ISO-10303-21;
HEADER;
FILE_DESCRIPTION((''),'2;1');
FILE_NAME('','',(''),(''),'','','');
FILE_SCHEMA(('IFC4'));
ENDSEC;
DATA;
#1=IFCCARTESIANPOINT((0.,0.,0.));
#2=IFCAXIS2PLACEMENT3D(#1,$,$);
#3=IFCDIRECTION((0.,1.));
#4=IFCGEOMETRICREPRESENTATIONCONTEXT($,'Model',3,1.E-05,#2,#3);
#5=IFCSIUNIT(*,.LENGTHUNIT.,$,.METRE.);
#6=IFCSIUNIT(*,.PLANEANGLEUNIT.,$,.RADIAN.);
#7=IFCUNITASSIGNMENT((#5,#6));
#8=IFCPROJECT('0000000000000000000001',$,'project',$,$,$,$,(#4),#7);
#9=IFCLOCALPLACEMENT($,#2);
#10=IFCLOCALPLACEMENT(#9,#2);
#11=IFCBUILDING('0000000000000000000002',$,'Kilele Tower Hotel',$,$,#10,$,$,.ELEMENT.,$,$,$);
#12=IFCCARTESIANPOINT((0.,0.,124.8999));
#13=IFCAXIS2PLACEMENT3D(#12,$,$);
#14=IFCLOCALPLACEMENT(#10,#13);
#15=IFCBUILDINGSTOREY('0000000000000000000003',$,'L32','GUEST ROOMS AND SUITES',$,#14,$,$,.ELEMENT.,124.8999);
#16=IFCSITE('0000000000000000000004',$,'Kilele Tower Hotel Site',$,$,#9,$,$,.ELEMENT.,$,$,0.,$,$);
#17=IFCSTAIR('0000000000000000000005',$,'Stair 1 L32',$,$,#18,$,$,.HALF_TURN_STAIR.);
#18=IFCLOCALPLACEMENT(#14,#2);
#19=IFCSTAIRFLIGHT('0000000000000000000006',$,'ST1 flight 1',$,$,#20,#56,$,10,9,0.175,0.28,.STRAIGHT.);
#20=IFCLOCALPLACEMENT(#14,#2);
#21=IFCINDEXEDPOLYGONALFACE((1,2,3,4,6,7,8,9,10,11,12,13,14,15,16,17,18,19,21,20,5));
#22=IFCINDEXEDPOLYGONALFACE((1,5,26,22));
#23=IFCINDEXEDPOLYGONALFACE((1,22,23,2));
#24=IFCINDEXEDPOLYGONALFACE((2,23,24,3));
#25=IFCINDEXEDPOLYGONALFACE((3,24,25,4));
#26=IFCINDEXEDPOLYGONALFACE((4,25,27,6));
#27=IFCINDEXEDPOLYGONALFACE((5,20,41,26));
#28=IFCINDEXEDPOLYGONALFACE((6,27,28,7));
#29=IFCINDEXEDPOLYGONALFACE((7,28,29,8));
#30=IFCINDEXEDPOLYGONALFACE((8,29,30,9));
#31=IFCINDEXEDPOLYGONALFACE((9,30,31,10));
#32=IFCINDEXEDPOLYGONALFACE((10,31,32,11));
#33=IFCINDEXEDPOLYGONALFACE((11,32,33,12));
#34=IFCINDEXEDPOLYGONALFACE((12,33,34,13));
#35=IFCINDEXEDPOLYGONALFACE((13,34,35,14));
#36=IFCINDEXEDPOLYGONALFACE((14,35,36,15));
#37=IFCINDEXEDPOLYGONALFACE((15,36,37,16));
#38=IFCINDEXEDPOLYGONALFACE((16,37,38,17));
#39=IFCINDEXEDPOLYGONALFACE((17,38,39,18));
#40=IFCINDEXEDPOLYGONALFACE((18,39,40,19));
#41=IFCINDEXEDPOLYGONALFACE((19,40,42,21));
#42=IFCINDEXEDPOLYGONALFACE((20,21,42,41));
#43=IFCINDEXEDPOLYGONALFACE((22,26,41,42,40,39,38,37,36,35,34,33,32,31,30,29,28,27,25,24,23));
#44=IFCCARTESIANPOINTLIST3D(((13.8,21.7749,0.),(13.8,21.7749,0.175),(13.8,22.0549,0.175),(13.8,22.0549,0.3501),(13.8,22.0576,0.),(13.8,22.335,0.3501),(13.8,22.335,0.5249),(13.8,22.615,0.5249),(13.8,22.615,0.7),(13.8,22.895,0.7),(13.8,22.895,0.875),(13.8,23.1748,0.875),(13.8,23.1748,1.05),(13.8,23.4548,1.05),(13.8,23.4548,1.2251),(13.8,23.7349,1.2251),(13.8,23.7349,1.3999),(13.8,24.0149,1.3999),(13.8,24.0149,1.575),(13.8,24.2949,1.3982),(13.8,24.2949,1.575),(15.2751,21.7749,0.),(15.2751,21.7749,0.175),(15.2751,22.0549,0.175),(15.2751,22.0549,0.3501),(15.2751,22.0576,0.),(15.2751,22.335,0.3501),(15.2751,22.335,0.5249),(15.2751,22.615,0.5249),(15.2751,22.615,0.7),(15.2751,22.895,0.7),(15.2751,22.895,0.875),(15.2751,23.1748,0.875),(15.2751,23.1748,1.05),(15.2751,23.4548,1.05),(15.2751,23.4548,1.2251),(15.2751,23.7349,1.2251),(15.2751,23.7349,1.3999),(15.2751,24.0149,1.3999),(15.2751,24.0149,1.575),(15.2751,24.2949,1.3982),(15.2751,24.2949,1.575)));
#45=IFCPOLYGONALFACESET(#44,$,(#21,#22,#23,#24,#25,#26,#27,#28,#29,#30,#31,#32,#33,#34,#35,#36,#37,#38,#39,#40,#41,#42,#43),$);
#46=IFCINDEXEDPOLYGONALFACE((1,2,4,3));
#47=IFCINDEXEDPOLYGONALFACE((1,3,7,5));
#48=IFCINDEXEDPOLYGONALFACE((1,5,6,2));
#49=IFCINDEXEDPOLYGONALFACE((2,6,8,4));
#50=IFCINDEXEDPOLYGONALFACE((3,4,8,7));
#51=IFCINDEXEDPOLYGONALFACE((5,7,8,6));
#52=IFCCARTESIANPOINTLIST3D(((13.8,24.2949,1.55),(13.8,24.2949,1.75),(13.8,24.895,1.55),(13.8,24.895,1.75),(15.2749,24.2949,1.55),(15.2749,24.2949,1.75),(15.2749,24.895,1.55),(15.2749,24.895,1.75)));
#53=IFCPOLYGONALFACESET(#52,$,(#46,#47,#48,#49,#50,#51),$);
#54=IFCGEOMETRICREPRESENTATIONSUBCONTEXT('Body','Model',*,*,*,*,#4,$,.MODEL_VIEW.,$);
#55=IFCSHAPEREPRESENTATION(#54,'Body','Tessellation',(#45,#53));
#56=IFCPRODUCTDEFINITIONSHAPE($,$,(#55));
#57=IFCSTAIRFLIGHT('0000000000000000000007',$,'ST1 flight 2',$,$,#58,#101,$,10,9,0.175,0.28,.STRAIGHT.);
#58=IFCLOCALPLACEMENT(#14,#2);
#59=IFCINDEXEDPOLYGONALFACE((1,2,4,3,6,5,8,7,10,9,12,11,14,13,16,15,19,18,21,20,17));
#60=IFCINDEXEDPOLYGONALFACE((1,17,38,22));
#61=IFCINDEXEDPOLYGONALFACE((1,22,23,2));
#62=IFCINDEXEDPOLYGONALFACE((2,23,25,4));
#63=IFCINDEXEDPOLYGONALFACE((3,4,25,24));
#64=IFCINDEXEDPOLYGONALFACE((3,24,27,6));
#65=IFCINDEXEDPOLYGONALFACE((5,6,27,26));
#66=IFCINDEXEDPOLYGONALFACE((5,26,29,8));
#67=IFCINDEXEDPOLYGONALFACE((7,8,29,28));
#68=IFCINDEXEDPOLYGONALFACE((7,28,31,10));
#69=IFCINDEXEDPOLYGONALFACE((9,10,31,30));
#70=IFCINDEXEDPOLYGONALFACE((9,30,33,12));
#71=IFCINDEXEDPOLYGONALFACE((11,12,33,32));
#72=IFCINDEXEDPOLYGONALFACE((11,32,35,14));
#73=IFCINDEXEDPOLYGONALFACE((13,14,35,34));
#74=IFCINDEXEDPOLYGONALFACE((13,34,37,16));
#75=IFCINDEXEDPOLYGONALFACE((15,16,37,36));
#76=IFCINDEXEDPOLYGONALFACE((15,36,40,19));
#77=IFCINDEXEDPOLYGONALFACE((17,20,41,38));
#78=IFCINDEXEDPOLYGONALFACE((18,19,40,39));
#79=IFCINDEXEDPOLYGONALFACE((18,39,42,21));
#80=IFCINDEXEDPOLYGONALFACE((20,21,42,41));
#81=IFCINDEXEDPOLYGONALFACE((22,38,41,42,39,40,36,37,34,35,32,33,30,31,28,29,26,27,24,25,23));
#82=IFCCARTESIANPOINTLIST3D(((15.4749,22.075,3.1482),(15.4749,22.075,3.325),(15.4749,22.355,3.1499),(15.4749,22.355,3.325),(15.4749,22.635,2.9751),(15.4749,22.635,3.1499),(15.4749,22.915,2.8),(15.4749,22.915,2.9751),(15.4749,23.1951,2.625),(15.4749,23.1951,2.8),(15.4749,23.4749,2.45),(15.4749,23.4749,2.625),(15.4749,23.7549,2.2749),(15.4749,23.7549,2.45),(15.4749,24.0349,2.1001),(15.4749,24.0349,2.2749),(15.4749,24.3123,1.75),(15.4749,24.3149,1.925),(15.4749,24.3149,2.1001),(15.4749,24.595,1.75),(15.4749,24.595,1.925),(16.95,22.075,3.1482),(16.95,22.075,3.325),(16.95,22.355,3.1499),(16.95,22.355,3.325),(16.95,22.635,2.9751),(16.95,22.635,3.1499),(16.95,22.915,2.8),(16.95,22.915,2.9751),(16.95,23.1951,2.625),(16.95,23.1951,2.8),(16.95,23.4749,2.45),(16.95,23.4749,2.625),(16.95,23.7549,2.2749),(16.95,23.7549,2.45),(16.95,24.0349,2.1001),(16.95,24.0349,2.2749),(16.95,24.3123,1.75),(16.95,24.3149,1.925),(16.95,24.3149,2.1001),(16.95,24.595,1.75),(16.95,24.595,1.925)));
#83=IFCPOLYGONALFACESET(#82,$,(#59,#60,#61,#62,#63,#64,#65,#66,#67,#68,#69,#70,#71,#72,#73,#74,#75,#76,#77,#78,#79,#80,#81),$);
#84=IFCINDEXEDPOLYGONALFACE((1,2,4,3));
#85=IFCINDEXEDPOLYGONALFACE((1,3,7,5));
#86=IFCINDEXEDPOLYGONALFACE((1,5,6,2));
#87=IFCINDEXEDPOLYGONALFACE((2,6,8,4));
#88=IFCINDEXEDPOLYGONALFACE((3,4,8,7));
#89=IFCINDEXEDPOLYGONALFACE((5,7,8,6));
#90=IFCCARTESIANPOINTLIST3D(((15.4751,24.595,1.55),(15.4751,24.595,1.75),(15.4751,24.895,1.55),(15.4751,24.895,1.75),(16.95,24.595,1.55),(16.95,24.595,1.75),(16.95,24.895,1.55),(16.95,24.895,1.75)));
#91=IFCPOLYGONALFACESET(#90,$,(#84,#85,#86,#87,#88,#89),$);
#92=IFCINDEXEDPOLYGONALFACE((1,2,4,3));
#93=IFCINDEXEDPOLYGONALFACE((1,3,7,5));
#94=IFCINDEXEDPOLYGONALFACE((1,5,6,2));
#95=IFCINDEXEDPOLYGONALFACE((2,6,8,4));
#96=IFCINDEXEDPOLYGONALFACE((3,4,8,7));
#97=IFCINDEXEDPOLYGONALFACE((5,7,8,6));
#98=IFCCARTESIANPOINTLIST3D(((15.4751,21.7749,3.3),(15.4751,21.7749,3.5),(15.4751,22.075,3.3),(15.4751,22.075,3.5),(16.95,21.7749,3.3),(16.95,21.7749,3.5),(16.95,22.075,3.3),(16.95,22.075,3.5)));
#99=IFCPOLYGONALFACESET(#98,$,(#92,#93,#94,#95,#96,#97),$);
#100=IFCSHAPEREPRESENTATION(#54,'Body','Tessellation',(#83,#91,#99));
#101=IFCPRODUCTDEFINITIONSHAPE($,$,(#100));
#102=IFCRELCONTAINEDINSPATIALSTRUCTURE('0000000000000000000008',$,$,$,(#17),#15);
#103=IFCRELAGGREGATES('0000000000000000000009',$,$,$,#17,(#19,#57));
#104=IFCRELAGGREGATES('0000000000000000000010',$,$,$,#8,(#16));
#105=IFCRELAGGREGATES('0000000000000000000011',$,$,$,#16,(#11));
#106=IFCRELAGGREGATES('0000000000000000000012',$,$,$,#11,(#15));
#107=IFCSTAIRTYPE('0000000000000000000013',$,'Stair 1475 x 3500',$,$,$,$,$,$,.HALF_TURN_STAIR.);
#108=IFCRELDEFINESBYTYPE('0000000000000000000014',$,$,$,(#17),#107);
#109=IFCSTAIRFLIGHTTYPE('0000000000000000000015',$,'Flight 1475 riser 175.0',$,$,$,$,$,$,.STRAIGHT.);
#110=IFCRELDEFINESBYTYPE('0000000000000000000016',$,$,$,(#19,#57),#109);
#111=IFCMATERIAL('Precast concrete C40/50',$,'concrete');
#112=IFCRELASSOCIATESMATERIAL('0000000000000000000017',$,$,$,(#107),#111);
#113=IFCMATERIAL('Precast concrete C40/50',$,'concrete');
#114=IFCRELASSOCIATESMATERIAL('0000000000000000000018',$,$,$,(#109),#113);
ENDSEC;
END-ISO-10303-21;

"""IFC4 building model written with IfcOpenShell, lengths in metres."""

from ifc_helpers import new_model, si_unit, direction, frame, origin, place, context, subcontext, project, spatial, polyline, outline, extrude, material, type_object, element, aggregate, save


model = new_model("IFC4")

# Units and contexts
model_context = context("Model", 3, precision=1e-05, world=origin(), true_north=direction((0.0, 1.0)))
body_context = subcontext(model_context, "Body", "Model", "MODEL_VIEW")
ifc_project = project(units=[si_unit("LENGTHUNIT", "METRE"), si_unit("PLANEANGLEUNIT", "RADIAN")], contexts=[model_context])

# Site, building, storey
site_placement = place(None, origin())
site = spatial("IfcSite", under=ifc_project, at=site_placement, Name="Kilele Tower Hotel Site", CompositionType="ELEMENT", RefElevation=0.0)
building_placement = place(site_placement, origin())
building = spatial("IfcBuilding", under=site, at=building_placement, Name="Kilele Tower Hotel", CompositionType="ELEMENT")
storey_placement = place(building_placement, frame((0.0, 0.0, 124.8999)))
storey = spatial("IfcBuildingStorey", under=building, at=storey_placement, Name="L32", Description="GUEST ROOMS AND SUITES", CompositionType="ELEMENT", Elevation=124.8999)

# Stair, stair flights
ifc_material_1 = material(Name="Precast concrete C40/50", Category="concrete")
stair_type = type_object("IfcStairType", Name="Stair 1475 x 3500", PredefinedType="HALF_TURN_STAIR", material=ifc_material_1)
stair_placement = place(storey_placement, origin())
stair = element("IfcStair", 1, at=stair_placement, inside=storey, type_object=stair_type, Name="Stair 1 L32", PredefinedType="HALF_TURN_STAIR")
ifc_material_2 = material(Name="Precast concrete C40/50", Category="concrete")
stair_flight_type = type_object("IfcStairFlightType", Name="Flight 1475 riser 175.0", PredefinedType="STRAIGHT", material=ifc_material_2)
stair_flight_1_placement = place(storey_placement, frame((14.5376, 21.7749, 0.0), z_axis=(0.0, 0.0, 1.0), x_axis=(0.0, 1.0, 0.0)))
stair_flight_1 = element("IfcStairFlight", 2, at=stair_flight_1_placement, type_object=stair_flight_type, Name="ST1 flight 1", NumberOfRisers=10, NumberOfTreads=9, PredefinedType="STRAIGHT", RiserHeight=0.175, TreadLength=0.28, context=body_context, shape_type="SweptSolid", body=[
    extrude(outline(polyline([(0.0, 0.0), (0.0, 0.175), (0.28, 0.175), (0.28, 0.3501), (0.5601, 0.3501), (0.5601, 0.5249), (0.8401, 0.5249), (0.8401, 0.7), (1.1201, 0.7), (1.1201, 0.875), (1.3999, 0.875), (1.3999, 1.05), (1.6799, 1.05), (1.6799, 1.2251), (1.96, 1.2251), (1.96, 1.3999), (2.24, 1.3999), (2.24, 1.575), (2.52, 1.575), (2.52, 1.75), (2.52, 1.3982), (0.2827, 0.0), (0.0, 0.0)])), frame((0.0, 0.7375, 0.0), z_axis=(0.0, -1.0, 0.0), x_axis=(1.0, 0.0, 0.0)), (0.0, 0.0, 1.0), 1.4751),
    extrude(outline(polyline([(2.52, 0.7375), (2.52, -0.7373), (3.1201, -0.7373), (3.1201, 0.7375), (2.52, 0.7375)])), frame((0.0, 0.0, 1.55)), (0.0, 0.0, 1.0), 0.2),
])
stair_flight_2_placement = place(storey_placement, frame((16.2124, 24.595, 1.75), z_axis=(0.0, 0.0, 1.0), x_axis=(0.0, -1.0, 0.0)))
stair_flight_2 = element("IfcStairFlight", 3, at=stair_flight_2_placement, type_object=stair_flight_type, Name="ST1 flight 2", NumberOfRisers=10, NumberOfTreads=9, PredefinedType="STRAIGHT", RiserHeight=0.175, TreadLength=0.28, context=body_context, shape_type="SweptSolid", body=[
    extrude(outline(polyline([(0.0, 0.0), (0.0, 0.175), (0.28, 0.175), (0.28, 0.3501), (0.5601, 0.3501), (0.5601, 0.5249), (0.8401, 0.5249), (0.8401, 0.7), (1.1201, 0.7), (1.1201, 0.875), (1.3999, 0.875), (1.3999, 1.05), (1.6799, 1.05), (1.6799, 1.2251), (1.96, 1.2251), (1.96, 1.3999), (2.24, 1.3999), (2.24, 1.575), (2.52, 1.575), (2.52, 1.75), (2.52, 1.3982), (0.2827, 0.0), (0.0, 0.0)])), frame((0.0, 0.7375, 0.0), z_axis=(0.0, -1.0, 0.0), x_axis=(1.0, 0.0, 0.0)), (0.0, 0.0, 1.0), 1.4751),
    extrude(outline(polyline([(0.0, -0.7373), (0.0, 0.7375), (-0.3, 0.7375), (-0.3, -0.7373), (0.0, -0.7373)])), frame((0.0, 0.0, -0.2)), (0.0, 0.0, 1.0), 0.2),
    extrude(outline(polyline([(2.8201, -0.7373), (2.8201, 0.7375), (2.52, 0.7375), (2.52, -0.7373), (2.8201, -0.7373)])), frame((0.0, 0.0, 1.55)), (0.0, 0.0, 1.0), 0.2),
])
aggregate(stair, [stair_flight_1, stair_flight_2])

save(model, "model.ifc")
